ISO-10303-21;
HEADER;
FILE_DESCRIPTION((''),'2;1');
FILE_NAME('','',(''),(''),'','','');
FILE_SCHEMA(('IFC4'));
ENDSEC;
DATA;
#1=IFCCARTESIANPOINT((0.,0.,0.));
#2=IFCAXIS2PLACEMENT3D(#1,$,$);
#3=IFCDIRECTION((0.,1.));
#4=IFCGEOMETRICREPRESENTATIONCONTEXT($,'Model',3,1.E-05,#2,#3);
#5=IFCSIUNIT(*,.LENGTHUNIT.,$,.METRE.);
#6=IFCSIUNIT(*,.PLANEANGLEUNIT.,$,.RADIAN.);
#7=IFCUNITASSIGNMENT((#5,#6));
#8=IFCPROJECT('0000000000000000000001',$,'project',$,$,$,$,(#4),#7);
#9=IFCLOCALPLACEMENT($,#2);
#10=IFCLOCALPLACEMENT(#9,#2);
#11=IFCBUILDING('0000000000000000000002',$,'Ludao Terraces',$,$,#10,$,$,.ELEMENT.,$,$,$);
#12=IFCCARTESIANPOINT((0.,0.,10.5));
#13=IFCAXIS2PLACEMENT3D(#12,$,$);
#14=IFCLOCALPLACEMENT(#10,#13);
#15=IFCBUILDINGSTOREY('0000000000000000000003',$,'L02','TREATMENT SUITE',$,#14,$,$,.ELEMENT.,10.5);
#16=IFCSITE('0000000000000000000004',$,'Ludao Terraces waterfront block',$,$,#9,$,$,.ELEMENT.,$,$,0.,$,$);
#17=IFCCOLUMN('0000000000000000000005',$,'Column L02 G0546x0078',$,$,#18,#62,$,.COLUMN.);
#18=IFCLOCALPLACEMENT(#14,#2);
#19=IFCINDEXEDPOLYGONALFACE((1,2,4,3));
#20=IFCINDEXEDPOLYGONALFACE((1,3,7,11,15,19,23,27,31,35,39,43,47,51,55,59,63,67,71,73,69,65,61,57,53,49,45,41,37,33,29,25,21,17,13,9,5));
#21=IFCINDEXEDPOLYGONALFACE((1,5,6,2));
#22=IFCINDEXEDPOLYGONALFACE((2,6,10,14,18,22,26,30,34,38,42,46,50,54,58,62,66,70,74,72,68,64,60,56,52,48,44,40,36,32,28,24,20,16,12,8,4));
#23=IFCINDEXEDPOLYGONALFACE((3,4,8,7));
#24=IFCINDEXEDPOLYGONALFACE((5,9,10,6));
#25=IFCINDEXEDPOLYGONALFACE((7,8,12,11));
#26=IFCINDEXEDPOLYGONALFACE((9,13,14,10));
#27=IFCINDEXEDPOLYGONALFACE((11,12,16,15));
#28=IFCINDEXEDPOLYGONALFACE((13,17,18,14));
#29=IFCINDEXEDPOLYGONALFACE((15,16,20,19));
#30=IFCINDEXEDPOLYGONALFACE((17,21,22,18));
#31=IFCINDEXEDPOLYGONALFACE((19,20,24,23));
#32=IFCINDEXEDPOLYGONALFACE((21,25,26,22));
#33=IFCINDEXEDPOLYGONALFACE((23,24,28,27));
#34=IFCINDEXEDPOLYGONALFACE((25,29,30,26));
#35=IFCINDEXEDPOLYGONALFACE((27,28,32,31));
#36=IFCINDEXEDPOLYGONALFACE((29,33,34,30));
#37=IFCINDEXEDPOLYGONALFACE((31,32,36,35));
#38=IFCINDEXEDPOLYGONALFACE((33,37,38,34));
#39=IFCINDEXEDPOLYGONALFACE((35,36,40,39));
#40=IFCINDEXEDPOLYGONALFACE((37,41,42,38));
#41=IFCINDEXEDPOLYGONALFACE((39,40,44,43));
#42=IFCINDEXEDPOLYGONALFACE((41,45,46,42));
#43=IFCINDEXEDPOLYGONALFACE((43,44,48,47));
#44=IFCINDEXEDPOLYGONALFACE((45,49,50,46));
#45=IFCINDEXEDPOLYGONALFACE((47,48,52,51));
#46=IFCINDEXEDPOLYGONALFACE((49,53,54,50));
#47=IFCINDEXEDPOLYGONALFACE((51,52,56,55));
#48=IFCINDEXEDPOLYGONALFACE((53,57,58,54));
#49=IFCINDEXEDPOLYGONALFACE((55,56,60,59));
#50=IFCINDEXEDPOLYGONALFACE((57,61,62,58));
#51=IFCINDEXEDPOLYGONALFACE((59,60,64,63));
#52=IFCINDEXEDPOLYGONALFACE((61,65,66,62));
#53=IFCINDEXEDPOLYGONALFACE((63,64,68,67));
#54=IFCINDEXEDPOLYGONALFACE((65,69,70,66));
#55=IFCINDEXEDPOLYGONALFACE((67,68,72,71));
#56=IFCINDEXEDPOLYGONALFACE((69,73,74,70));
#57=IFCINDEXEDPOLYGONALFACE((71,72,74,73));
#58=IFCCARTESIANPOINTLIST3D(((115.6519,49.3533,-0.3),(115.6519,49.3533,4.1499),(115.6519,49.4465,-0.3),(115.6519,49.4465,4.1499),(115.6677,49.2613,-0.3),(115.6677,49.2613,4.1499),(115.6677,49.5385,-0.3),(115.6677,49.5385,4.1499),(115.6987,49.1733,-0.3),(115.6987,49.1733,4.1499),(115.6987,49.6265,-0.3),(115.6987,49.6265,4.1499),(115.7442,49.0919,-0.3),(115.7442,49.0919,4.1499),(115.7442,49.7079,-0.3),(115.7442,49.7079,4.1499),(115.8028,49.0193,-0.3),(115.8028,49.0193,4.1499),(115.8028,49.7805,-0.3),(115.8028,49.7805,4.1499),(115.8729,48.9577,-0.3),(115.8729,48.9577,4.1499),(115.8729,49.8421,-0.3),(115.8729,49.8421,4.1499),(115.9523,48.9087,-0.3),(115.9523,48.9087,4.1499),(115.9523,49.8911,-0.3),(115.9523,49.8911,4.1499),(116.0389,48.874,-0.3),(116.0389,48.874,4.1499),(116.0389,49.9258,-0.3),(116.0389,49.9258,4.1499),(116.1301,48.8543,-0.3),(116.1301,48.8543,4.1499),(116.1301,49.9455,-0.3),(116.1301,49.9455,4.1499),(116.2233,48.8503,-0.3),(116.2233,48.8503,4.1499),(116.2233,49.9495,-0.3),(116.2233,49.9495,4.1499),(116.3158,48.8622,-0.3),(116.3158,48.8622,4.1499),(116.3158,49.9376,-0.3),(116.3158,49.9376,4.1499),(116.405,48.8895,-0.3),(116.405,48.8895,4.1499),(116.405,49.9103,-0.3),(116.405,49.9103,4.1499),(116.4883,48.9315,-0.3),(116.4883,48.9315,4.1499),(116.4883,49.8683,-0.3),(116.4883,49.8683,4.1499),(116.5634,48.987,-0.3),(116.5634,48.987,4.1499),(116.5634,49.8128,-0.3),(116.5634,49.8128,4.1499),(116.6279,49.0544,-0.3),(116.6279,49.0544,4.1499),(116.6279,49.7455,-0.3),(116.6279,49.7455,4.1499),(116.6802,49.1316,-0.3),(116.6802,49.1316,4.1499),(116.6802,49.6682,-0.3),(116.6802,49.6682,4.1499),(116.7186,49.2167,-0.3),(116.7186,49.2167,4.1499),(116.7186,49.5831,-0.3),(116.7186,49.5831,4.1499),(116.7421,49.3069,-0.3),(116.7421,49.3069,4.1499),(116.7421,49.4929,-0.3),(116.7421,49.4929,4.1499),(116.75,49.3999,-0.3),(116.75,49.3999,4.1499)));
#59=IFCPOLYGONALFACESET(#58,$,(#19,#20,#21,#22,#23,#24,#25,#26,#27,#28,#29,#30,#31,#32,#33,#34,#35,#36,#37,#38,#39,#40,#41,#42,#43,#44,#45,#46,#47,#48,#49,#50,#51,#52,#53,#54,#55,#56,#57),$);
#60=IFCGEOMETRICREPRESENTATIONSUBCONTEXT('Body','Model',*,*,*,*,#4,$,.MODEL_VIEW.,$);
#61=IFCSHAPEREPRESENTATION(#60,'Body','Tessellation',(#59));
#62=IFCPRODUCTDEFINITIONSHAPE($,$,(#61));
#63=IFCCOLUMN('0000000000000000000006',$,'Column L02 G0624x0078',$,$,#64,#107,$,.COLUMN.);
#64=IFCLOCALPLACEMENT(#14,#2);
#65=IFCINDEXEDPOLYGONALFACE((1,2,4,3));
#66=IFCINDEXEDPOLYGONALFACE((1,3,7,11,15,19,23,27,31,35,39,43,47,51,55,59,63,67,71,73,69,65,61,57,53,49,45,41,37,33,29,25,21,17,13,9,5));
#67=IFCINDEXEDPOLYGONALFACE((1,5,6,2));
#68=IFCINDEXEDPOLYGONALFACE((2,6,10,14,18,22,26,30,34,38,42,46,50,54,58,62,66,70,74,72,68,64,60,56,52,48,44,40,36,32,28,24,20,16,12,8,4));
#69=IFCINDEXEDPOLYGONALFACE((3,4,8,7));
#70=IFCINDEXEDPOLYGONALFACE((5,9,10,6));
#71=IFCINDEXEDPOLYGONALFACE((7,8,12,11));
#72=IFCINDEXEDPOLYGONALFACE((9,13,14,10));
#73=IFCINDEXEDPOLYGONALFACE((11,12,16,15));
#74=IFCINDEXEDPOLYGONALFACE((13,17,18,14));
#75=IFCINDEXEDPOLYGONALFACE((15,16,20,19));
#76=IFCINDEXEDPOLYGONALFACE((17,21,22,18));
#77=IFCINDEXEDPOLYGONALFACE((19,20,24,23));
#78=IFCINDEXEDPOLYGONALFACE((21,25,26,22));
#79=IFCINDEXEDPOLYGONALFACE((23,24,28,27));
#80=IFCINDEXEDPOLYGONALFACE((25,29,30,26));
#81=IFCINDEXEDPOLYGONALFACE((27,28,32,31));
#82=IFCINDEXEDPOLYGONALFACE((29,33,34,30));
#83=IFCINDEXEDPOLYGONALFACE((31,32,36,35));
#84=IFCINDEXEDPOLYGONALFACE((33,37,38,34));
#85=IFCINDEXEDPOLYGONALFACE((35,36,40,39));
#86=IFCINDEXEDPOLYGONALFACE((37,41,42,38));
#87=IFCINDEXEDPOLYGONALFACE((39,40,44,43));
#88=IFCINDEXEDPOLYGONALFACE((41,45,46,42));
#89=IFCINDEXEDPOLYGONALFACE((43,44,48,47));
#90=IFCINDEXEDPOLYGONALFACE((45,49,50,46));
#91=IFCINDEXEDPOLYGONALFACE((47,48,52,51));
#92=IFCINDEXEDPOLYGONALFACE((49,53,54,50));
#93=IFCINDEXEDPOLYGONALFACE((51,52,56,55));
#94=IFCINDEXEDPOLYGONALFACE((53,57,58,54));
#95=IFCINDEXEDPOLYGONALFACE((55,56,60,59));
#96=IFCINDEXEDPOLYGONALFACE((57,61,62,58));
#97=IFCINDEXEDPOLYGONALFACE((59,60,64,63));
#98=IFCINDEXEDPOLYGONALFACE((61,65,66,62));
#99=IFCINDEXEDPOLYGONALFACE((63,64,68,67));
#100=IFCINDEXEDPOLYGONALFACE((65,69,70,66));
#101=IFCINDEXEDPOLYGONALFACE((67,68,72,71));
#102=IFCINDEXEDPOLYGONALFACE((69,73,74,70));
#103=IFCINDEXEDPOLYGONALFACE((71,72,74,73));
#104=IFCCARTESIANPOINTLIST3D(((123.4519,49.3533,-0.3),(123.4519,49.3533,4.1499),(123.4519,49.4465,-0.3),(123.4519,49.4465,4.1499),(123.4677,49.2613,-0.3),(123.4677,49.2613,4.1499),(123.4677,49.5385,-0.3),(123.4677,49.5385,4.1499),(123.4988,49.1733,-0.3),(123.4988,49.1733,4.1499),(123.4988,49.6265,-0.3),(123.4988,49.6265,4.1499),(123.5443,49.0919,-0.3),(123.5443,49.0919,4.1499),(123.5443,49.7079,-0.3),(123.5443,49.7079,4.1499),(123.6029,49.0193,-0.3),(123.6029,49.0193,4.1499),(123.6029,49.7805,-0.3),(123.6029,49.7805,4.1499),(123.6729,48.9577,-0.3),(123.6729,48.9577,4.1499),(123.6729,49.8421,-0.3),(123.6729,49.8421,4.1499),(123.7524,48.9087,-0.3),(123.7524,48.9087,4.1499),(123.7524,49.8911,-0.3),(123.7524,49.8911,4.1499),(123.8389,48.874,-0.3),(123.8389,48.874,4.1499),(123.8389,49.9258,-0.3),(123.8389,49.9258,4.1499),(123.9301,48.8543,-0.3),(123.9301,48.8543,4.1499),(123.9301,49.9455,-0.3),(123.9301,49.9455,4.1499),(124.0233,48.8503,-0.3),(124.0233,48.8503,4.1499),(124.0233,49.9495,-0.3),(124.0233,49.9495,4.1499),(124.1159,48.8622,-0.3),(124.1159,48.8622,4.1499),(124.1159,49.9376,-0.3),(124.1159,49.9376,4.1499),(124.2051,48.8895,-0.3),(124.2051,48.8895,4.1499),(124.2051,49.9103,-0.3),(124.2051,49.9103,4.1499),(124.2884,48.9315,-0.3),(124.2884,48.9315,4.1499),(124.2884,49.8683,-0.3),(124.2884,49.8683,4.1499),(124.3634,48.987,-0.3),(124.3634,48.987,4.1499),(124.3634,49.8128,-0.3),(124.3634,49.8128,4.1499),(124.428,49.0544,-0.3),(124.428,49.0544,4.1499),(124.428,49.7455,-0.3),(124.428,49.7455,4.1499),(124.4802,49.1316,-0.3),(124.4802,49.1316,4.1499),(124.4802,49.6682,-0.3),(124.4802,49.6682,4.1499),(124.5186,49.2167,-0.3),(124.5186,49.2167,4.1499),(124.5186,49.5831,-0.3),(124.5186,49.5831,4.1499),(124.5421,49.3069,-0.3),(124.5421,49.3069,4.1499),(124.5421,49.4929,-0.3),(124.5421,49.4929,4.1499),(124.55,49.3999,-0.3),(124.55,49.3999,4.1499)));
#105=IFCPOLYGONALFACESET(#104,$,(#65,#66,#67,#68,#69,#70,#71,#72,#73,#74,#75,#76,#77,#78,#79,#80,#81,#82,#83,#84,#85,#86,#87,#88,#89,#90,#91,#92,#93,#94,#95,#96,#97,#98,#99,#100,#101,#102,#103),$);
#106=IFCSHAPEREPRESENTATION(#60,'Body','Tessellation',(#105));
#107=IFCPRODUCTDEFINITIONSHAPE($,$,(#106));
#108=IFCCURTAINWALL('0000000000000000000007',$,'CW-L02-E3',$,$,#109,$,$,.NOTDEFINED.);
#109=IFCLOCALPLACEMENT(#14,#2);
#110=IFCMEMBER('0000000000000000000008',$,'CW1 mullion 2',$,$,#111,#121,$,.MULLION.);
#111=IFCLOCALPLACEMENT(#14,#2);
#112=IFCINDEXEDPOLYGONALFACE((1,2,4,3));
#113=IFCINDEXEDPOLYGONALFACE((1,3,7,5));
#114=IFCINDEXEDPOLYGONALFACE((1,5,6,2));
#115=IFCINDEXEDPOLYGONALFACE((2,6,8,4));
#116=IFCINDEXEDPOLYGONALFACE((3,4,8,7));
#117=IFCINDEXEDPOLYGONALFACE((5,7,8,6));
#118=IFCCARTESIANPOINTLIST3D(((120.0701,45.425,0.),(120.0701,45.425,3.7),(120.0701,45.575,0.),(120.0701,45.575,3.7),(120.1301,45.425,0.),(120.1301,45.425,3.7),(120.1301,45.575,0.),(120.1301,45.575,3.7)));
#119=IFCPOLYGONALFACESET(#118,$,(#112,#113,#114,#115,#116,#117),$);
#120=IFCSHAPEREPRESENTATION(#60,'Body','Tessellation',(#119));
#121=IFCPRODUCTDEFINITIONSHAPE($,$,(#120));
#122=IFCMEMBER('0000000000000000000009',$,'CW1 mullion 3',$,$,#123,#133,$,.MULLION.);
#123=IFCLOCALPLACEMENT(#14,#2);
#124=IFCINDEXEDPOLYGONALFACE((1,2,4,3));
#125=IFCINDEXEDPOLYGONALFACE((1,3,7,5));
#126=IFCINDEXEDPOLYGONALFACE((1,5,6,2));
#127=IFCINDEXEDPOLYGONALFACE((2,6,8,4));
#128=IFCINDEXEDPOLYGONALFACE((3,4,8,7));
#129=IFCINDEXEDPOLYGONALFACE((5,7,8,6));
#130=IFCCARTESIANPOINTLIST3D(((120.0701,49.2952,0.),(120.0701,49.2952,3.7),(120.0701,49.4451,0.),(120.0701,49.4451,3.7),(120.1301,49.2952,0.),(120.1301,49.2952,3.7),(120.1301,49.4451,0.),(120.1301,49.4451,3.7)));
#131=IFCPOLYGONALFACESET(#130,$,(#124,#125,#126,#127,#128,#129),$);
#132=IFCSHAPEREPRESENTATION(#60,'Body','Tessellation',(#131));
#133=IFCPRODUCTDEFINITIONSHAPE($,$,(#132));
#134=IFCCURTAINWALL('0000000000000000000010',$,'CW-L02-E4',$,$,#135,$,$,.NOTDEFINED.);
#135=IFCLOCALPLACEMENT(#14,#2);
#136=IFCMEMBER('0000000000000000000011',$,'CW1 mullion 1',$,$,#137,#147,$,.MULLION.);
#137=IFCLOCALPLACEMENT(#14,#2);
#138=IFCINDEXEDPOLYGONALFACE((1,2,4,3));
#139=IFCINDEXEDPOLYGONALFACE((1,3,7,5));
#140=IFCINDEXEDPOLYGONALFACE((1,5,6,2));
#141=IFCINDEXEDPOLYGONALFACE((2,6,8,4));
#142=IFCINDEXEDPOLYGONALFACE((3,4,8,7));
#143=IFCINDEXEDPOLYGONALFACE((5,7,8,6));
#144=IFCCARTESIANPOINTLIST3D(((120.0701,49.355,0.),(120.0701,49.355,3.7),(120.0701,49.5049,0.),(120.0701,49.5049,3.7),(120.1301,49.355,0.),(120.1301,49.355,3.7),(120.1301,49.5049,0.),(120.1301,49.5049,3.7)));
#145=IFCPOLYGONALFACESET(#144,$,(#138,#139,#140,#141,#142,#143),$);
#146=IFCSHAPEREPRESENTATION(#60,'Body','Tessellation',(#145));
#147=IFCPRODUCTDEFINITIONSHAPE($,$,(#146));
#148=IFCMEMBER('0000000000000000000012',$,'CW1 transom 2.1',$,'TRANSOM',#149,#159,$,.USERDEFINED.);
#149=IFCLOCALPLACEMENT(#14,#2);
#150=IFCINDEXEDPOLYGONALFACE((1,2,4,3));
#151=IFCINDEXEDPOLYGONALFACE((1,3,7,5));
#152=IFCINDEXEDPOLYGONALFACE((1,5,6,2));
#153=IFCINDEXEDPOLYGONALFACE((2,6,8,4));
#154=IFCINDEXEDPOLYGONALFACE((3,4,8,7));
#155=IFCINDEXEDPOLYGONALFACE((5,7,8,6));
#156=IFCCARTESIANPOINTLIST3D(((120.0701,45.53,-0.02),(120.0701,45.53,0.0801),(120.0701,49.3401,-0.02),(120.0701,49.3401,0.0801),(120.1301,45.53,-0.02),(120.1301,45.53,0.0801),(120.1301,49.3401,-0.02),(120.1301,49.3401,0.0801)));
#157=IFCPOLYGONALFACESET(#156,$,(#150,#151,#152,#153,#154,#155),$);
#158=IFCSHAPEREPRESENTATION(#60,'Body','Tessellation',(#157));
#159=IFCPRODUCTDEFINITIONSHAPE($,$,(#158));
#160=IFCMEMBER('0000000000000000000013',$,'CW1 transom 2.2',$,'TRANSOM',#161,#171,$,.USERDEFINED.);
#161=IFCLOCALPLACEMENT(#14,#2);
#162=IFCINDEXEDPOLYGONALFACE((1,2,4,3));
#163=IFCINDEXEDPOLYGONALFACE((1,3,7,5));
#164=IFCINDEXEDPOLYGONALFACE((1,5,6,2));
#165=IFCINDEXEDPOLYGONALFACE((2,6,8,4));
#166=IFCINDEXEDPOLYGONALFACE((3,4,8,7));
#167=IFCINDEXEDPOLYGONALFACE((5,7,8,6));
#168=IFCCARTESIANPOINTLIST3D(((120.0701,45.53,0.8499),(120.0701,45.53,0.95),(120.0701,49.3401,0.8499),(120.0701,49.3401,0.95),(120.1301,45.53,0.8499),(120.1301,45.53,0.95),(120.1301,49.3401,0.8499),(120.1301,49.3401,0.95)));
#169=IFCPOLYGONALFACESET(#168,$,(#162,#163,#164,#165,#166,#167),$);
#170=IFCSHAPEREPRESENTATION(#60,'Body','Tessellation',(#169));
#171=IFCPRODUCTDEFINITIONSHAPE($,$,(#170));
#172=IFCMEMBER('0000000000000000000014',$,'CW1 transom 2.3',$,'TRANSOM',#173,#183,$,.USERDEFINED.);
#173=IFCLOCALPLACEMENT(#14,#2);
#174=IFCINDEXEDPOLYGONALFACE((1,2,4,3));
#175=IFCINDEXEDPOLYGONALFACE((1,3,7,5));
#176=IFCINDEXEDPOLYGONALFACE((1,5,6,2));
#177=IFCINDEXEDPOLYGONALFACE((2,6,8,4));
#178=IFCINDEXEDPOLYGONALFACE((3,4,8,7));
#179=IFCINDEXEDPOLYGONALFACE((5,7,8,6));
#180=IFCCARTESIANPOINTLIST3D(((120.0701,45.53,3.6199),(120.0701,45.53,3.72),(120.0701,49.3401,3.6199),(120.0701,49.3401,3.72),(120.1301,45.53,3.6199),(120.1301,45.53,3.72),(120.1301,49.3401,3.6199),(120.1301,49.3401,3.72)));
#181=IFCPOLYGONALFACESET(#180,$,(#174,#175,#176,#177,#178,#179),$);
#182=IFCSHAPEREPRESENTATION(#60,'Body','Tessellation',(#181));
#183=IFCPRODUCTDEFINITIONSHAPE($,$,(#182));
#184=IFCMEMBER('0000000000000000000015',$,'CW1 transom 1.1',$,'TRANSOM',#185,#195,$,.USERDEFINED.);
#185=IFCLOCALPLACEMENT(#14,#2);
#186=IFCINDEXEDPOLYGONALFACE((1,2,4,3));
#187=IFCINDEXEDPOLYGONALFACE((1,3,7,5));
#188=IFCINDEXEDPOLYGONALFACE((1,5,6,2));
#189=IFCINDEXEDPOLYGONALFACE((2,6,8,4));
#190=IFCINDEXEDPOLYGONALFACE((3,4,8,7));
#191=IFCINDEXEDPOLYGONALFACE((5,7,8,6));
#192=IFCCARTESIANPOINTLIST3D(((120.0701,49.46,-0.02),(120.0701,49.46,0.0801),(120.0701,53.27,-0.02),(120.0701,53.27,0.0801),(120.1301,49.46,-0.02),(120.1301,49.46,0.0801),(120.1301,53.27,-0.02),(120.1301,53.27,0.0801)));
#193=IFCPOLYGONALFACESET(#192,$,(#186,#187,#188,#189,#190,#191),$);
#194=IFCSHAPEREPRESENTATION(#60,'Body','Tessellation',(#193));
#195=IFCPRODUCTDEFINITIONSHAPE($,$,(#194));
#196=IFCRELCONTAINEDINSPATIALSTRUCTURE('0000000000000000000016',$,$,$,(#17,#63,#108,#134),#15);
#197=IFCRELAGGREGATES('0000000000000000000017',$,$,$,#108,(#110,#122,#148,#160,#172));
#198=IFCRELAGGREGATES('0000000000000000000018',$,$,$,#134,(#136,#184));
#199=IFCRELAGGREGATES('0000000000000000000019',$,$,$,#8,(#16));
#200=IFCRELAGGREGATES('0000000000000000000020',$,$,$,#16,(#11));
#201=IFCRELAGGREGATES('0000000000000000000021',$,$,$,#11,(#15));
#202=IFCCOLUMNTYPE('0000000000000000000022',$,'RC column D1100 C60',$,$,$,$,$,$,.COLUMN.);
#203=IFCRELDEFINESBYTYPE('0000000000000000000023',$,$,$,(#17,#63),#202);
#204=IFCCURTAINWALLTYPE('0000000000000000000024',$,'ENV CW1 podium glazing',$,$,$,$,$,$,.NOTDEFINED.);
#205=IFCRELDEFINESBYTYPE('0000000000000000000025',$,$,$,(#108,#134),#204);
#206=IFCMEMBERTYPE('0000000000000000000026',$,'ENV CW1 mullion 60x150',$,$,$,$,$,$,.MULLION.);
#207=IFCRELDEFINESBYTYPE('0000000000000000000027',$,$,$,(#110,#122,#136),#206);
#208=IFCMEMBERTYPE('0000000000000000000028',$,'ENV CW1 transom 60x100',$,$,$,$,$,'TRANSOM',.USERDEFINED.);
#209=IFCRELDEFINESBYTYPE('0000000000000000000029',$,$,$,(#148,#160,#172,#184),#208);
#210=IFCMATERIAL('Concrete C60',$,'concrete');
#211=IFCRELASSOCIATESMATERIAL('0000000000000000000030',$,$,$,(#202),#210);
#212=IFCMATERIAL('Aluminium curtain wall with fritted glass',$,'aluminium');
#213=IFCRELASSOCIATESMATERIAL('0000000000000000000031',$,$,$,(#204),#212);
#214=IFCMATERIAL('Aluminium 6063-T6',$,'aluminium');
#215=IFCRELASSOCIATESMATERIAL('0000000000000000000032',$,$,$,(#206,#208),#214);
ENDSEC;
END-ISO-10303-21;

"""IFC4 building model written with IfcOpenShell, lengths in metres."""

from ifc_helpers import new_model, si_unit, direction, frame, origin, origin_2d, place, context, subcontext, project, spatial, rectangle, circle, extrude, material, material_profile, profile_set, type_object, element, aggregate, save


model = new_model("IFC4")

# Units and contexts
model_context = context("Model", 3, precision=1e-05, world=origin(), true_north=direction((0.0, 1.0)))
body_context = subcontext(model_context, "Body", "Model", "MODEL_VIEW")
ifc_project = project(units=[si_unit("LENGTHUNIT", "METRE"), si_unit("PLANEANGLEUNIT", "RADIAN")], contexts=[model_context])

# Site, building, storey
site_placement = place(None, origin())
site = spatial("IfcSite", under=ifc_project, at=site_placement, Name="Ludao Terraces waterfront block", CompositionType="ELEMENT", RefElevation=0.0)
building_placement = place(site_placement, origin())
building = spatial("IfcBuilding", under=site, at=building_placement, Name="Ludao Terraces", CompositionType="ELEMENT")
storey_placement = place(building_placement, frame((0.0, 0.0, 10.5)))
storey = spatial("IfcBuildingStorey", under=building, at=storey_placement, Name="L02", Description="TREATMENT SUITE", CompositionType="ELEMENT", Elevation=10.5)

# Columns
ifc_material_1 = material(Name="Concrete C60", Category="concrete")
ifc_material_profile_1 = material_profile(ifc_material_1, circle(Radius=0.55, at=origin_2d()), Name="D1100")
ifc_profile_set_1 = profile_set([ifc_material_profile_1], Name="Concrete C60")
column_type = type_object("IfcColumnType", Name="RC column D1100 C60", PredefinedType="COLUMN", material=ifc_profile_set_1)
for number, where, z_axis, x_axis, name in (
    (1, (116.2, 49.3999, -0.3), (0.0, 0.0, 1.0), (1.0, 0.0, 0.0), "Column L02 G0546x0078"),
    (2, (124.0, 49.3999, -0.3), (0.0, 0.0, 1.0), (1.0, 0.0, 0.0), "Column L02 G0624x0078"),
):
    element("IfcColumn", number, at=place(storey_placement, frame(where, z_axis=z_axis, x_axis=x_axis)), inside=storey, type_object=column_type, Name=name, PredefinedType="COLUMN", context=body_context, shape_type="SweptSolid", body=[
        extrude(circle(Radius=0.55, at=origin_2d()), origin(), (0.0, 0.0, 1.0), 4.45),
    ])

# Curtain wall, members
ifc_material_2 = material(Name="Aluminium curtain wall with fritted glass", Category="aluminium")
curtain_wall_type = type_object("IfcCurtainWallType", Name="ENV CW1 podium glazing", PredefinedType="NOTDEFINED", material=ifc_material_2)
curtain_wall_1_placement = place(storey_placement, origin())
curtain_wall_1 = element("IfcCurtainWall", 3, at=curtain_wall_1_placement, inside=storey, type_object=curtain_wall_type, Name="CW-L02-E3", PredefinedType="NOTDEFINED")
ifc_material_3 = material(Name="Aluminium 6063-T6", Category="aluminium")
ifc_material_profile_2 = material_profile(ifc_material_3, rectangle(XDim=0.0601, YDim=0.1499, at=origin_2d()), Name="60 X 150")
ifc_profile_set_2 = profile_set([ifc_material_profile_2], Name="Aluminium 6063-T6")
member_type_1 = type_object("IfcMemberType", Name="ENV CW1 mullion 60x150", PredefinedType="MULLION", material=ifc_profile_set_2)
member_1_placement = place(storey_placement, frame((120.1001, 45.5, 0.0), z_axis=(0.0, 0.0, 1.0), x_axis=(-1.0, 0.0, 0.0)))
member_1 = element("IfcMember", 4, at=member_1_placement, type_object=member_type_1, Name="CW1 mullion 2", PredefinedType="MULLION", context=body_context, shape_type="SweptSolid", body=[
    extrude(rectangle(XDim=0.0601, YDim=0.1499, at=origin_2d()), origin(), (0.0, 0.0, 1.0), 3.7),
])
member_2_placement = place(storey_placement, frame((120.1001, 49.3701, 0.0), z_axis=(0.0, 0.0, 1.0), x_axis=(-1.0, 0.0, 0.0)))
member_2 = element("IfcMember", 5, at=member_2_placement, type_object=member_type_1, Name="CW1 mullion 3", PredefinedType="MULLION", context=body_context, shape_type="SweptSolid", body=[
    extrude(rectangle(XDim=0.0601, YDim=0.1499, at=origin_2d()), origin(), (0.0, 0.0, 1.0), 3.7),
])

# Curtain wall, member
curtain_wall_2_placement = place(storey_placement, origin())
curtain_wall_2 = element("IfcCurtainWall", 6, at=curtain_wall_2_placement, inside=storey, type_object=curtain_wall_type, Name="CW-L02-E4", PredefinedType="NOTDEFINED")
member_3_placement = place(storey_placement, frame((120.1001, 49.4299, 0.0), z_axis=(0.0, 0.0, 1.0), x_axis=(-1.0, 0.0, 0.0)))
member_3 = element("IfcMember", 7, at=member_3_placement, type_object=member_type_1, Name="CW1 mullion 1", PredefinedType="MULLION", context=body_context, shape_type="SweptSolid", body=[
    extrude(rectangle(XDim=0.0601, YDim=0.1499, at=origin_2d()), origin(), (0.0, 0.0, 1.0), 3.7),
])

# Members
ifc_material_profile_3 = material_profile(ifc_material_3, rectangle(XDim=0.0601, YDim=0.1001, at=origin_2d()), Name="60 X 100")
ifc_profile_set_3 = profile_set([ifc_material_profile_3], Name="Aluminium 6063-T6")
member_type_2 = type_object("IfcMemberType", Name="ENV CW1 transom 60x100", ElementType="TRANSOM", PredefinedType="USERDEFINED", material=ifc_profile_set_3)
member_4_placement = place(storey_placement, frame((120.1001, 45.53, 0.03), z_axis=(0.0, 1.0, 0.0), x_axis=(-1.0, 0.0, 0.0)))
member_4 = element("IfcMember", 8, at=member_4_placement, type_object=member_type_2, Name="CW1 transom 2.1", ObjectType="TRANSOM", PredefinedType="USERDEFINED", context=body_context, shape_type="SweptSolid", body=[
    extrude(rectangle(XDim=0.0601, YDim=0.1001, at=origin_2d()), origin(), (0.0, 0.0, 1.0), 3.8101),
])
member_5_placement = place(storey_placement, frame((120.1001, 45.53, 0.8999), z_axis=(0.0, 1.0, 0.0), x_axis=(-1.0, 0.0, 0.0)))
member_5 = element("IfcMember", 9, at=member_5_placement, type_object=member_type_2, Name="CW1 transom 2.2", ObjectType="TRANSOM", PredefinedType="USERDEFINED", context=body_context, shape_type="SweptSolid", body=[
    extrude(rectangle(XDim=0.0601, YDim=0.1001, at=origin_2d()), origin(), (0.0, 0.0, 1.0), 3.8101),
])
member_6_placement = place(storey_placement, frame((120.1001, 45.53, 3.6699), z_axis=(0.0, 1.0, 0.0), x_axis=(-1.0, 0.0, 0.0)))
member_6 = element("IfcMember", 10, at=member_6_placement, type_object=member_type_2, Name="CW1 transom 2.3", ObjectType="TRANSOM", PredefinedType="USERDEFINED", context=body_context, shape_type="SweptSolid", body=[
    extrude(rectangle(XDim=0.0601, YDim=0.1001, at=origin_2d()), origin(), (0.0, 0.0, 1.0), 3.8101),
])
member_7_placement = place(storey_placement, frame((120.1001, 49.46, 0.03), z_axis=(0.0, 1.0, 0.0), x_axis=(-1.0, 0.0, 0.0)))
member_7 = element("IfcMember", 11, at=member_7_placement, type_object=member_type_2, Name="CW1 transom 1.1", ObjectType="TRANSOM", PredefinedType="USERDEFINED", context=body_context, shape_type="SweptSolid", body=[
    extrude(rectangle(XDim=0.0601, YDim=0.1001, at=origin_2d()), origin(), (0.0, 0.0, 1.0), 3.8101),
])

aggregate(curtain_wall_1, [member_1, member_2, member_4, member_5, member_6])
aggregate(curtain_wall_2, [member_3, member_7])

save(model, "model.ifc")
